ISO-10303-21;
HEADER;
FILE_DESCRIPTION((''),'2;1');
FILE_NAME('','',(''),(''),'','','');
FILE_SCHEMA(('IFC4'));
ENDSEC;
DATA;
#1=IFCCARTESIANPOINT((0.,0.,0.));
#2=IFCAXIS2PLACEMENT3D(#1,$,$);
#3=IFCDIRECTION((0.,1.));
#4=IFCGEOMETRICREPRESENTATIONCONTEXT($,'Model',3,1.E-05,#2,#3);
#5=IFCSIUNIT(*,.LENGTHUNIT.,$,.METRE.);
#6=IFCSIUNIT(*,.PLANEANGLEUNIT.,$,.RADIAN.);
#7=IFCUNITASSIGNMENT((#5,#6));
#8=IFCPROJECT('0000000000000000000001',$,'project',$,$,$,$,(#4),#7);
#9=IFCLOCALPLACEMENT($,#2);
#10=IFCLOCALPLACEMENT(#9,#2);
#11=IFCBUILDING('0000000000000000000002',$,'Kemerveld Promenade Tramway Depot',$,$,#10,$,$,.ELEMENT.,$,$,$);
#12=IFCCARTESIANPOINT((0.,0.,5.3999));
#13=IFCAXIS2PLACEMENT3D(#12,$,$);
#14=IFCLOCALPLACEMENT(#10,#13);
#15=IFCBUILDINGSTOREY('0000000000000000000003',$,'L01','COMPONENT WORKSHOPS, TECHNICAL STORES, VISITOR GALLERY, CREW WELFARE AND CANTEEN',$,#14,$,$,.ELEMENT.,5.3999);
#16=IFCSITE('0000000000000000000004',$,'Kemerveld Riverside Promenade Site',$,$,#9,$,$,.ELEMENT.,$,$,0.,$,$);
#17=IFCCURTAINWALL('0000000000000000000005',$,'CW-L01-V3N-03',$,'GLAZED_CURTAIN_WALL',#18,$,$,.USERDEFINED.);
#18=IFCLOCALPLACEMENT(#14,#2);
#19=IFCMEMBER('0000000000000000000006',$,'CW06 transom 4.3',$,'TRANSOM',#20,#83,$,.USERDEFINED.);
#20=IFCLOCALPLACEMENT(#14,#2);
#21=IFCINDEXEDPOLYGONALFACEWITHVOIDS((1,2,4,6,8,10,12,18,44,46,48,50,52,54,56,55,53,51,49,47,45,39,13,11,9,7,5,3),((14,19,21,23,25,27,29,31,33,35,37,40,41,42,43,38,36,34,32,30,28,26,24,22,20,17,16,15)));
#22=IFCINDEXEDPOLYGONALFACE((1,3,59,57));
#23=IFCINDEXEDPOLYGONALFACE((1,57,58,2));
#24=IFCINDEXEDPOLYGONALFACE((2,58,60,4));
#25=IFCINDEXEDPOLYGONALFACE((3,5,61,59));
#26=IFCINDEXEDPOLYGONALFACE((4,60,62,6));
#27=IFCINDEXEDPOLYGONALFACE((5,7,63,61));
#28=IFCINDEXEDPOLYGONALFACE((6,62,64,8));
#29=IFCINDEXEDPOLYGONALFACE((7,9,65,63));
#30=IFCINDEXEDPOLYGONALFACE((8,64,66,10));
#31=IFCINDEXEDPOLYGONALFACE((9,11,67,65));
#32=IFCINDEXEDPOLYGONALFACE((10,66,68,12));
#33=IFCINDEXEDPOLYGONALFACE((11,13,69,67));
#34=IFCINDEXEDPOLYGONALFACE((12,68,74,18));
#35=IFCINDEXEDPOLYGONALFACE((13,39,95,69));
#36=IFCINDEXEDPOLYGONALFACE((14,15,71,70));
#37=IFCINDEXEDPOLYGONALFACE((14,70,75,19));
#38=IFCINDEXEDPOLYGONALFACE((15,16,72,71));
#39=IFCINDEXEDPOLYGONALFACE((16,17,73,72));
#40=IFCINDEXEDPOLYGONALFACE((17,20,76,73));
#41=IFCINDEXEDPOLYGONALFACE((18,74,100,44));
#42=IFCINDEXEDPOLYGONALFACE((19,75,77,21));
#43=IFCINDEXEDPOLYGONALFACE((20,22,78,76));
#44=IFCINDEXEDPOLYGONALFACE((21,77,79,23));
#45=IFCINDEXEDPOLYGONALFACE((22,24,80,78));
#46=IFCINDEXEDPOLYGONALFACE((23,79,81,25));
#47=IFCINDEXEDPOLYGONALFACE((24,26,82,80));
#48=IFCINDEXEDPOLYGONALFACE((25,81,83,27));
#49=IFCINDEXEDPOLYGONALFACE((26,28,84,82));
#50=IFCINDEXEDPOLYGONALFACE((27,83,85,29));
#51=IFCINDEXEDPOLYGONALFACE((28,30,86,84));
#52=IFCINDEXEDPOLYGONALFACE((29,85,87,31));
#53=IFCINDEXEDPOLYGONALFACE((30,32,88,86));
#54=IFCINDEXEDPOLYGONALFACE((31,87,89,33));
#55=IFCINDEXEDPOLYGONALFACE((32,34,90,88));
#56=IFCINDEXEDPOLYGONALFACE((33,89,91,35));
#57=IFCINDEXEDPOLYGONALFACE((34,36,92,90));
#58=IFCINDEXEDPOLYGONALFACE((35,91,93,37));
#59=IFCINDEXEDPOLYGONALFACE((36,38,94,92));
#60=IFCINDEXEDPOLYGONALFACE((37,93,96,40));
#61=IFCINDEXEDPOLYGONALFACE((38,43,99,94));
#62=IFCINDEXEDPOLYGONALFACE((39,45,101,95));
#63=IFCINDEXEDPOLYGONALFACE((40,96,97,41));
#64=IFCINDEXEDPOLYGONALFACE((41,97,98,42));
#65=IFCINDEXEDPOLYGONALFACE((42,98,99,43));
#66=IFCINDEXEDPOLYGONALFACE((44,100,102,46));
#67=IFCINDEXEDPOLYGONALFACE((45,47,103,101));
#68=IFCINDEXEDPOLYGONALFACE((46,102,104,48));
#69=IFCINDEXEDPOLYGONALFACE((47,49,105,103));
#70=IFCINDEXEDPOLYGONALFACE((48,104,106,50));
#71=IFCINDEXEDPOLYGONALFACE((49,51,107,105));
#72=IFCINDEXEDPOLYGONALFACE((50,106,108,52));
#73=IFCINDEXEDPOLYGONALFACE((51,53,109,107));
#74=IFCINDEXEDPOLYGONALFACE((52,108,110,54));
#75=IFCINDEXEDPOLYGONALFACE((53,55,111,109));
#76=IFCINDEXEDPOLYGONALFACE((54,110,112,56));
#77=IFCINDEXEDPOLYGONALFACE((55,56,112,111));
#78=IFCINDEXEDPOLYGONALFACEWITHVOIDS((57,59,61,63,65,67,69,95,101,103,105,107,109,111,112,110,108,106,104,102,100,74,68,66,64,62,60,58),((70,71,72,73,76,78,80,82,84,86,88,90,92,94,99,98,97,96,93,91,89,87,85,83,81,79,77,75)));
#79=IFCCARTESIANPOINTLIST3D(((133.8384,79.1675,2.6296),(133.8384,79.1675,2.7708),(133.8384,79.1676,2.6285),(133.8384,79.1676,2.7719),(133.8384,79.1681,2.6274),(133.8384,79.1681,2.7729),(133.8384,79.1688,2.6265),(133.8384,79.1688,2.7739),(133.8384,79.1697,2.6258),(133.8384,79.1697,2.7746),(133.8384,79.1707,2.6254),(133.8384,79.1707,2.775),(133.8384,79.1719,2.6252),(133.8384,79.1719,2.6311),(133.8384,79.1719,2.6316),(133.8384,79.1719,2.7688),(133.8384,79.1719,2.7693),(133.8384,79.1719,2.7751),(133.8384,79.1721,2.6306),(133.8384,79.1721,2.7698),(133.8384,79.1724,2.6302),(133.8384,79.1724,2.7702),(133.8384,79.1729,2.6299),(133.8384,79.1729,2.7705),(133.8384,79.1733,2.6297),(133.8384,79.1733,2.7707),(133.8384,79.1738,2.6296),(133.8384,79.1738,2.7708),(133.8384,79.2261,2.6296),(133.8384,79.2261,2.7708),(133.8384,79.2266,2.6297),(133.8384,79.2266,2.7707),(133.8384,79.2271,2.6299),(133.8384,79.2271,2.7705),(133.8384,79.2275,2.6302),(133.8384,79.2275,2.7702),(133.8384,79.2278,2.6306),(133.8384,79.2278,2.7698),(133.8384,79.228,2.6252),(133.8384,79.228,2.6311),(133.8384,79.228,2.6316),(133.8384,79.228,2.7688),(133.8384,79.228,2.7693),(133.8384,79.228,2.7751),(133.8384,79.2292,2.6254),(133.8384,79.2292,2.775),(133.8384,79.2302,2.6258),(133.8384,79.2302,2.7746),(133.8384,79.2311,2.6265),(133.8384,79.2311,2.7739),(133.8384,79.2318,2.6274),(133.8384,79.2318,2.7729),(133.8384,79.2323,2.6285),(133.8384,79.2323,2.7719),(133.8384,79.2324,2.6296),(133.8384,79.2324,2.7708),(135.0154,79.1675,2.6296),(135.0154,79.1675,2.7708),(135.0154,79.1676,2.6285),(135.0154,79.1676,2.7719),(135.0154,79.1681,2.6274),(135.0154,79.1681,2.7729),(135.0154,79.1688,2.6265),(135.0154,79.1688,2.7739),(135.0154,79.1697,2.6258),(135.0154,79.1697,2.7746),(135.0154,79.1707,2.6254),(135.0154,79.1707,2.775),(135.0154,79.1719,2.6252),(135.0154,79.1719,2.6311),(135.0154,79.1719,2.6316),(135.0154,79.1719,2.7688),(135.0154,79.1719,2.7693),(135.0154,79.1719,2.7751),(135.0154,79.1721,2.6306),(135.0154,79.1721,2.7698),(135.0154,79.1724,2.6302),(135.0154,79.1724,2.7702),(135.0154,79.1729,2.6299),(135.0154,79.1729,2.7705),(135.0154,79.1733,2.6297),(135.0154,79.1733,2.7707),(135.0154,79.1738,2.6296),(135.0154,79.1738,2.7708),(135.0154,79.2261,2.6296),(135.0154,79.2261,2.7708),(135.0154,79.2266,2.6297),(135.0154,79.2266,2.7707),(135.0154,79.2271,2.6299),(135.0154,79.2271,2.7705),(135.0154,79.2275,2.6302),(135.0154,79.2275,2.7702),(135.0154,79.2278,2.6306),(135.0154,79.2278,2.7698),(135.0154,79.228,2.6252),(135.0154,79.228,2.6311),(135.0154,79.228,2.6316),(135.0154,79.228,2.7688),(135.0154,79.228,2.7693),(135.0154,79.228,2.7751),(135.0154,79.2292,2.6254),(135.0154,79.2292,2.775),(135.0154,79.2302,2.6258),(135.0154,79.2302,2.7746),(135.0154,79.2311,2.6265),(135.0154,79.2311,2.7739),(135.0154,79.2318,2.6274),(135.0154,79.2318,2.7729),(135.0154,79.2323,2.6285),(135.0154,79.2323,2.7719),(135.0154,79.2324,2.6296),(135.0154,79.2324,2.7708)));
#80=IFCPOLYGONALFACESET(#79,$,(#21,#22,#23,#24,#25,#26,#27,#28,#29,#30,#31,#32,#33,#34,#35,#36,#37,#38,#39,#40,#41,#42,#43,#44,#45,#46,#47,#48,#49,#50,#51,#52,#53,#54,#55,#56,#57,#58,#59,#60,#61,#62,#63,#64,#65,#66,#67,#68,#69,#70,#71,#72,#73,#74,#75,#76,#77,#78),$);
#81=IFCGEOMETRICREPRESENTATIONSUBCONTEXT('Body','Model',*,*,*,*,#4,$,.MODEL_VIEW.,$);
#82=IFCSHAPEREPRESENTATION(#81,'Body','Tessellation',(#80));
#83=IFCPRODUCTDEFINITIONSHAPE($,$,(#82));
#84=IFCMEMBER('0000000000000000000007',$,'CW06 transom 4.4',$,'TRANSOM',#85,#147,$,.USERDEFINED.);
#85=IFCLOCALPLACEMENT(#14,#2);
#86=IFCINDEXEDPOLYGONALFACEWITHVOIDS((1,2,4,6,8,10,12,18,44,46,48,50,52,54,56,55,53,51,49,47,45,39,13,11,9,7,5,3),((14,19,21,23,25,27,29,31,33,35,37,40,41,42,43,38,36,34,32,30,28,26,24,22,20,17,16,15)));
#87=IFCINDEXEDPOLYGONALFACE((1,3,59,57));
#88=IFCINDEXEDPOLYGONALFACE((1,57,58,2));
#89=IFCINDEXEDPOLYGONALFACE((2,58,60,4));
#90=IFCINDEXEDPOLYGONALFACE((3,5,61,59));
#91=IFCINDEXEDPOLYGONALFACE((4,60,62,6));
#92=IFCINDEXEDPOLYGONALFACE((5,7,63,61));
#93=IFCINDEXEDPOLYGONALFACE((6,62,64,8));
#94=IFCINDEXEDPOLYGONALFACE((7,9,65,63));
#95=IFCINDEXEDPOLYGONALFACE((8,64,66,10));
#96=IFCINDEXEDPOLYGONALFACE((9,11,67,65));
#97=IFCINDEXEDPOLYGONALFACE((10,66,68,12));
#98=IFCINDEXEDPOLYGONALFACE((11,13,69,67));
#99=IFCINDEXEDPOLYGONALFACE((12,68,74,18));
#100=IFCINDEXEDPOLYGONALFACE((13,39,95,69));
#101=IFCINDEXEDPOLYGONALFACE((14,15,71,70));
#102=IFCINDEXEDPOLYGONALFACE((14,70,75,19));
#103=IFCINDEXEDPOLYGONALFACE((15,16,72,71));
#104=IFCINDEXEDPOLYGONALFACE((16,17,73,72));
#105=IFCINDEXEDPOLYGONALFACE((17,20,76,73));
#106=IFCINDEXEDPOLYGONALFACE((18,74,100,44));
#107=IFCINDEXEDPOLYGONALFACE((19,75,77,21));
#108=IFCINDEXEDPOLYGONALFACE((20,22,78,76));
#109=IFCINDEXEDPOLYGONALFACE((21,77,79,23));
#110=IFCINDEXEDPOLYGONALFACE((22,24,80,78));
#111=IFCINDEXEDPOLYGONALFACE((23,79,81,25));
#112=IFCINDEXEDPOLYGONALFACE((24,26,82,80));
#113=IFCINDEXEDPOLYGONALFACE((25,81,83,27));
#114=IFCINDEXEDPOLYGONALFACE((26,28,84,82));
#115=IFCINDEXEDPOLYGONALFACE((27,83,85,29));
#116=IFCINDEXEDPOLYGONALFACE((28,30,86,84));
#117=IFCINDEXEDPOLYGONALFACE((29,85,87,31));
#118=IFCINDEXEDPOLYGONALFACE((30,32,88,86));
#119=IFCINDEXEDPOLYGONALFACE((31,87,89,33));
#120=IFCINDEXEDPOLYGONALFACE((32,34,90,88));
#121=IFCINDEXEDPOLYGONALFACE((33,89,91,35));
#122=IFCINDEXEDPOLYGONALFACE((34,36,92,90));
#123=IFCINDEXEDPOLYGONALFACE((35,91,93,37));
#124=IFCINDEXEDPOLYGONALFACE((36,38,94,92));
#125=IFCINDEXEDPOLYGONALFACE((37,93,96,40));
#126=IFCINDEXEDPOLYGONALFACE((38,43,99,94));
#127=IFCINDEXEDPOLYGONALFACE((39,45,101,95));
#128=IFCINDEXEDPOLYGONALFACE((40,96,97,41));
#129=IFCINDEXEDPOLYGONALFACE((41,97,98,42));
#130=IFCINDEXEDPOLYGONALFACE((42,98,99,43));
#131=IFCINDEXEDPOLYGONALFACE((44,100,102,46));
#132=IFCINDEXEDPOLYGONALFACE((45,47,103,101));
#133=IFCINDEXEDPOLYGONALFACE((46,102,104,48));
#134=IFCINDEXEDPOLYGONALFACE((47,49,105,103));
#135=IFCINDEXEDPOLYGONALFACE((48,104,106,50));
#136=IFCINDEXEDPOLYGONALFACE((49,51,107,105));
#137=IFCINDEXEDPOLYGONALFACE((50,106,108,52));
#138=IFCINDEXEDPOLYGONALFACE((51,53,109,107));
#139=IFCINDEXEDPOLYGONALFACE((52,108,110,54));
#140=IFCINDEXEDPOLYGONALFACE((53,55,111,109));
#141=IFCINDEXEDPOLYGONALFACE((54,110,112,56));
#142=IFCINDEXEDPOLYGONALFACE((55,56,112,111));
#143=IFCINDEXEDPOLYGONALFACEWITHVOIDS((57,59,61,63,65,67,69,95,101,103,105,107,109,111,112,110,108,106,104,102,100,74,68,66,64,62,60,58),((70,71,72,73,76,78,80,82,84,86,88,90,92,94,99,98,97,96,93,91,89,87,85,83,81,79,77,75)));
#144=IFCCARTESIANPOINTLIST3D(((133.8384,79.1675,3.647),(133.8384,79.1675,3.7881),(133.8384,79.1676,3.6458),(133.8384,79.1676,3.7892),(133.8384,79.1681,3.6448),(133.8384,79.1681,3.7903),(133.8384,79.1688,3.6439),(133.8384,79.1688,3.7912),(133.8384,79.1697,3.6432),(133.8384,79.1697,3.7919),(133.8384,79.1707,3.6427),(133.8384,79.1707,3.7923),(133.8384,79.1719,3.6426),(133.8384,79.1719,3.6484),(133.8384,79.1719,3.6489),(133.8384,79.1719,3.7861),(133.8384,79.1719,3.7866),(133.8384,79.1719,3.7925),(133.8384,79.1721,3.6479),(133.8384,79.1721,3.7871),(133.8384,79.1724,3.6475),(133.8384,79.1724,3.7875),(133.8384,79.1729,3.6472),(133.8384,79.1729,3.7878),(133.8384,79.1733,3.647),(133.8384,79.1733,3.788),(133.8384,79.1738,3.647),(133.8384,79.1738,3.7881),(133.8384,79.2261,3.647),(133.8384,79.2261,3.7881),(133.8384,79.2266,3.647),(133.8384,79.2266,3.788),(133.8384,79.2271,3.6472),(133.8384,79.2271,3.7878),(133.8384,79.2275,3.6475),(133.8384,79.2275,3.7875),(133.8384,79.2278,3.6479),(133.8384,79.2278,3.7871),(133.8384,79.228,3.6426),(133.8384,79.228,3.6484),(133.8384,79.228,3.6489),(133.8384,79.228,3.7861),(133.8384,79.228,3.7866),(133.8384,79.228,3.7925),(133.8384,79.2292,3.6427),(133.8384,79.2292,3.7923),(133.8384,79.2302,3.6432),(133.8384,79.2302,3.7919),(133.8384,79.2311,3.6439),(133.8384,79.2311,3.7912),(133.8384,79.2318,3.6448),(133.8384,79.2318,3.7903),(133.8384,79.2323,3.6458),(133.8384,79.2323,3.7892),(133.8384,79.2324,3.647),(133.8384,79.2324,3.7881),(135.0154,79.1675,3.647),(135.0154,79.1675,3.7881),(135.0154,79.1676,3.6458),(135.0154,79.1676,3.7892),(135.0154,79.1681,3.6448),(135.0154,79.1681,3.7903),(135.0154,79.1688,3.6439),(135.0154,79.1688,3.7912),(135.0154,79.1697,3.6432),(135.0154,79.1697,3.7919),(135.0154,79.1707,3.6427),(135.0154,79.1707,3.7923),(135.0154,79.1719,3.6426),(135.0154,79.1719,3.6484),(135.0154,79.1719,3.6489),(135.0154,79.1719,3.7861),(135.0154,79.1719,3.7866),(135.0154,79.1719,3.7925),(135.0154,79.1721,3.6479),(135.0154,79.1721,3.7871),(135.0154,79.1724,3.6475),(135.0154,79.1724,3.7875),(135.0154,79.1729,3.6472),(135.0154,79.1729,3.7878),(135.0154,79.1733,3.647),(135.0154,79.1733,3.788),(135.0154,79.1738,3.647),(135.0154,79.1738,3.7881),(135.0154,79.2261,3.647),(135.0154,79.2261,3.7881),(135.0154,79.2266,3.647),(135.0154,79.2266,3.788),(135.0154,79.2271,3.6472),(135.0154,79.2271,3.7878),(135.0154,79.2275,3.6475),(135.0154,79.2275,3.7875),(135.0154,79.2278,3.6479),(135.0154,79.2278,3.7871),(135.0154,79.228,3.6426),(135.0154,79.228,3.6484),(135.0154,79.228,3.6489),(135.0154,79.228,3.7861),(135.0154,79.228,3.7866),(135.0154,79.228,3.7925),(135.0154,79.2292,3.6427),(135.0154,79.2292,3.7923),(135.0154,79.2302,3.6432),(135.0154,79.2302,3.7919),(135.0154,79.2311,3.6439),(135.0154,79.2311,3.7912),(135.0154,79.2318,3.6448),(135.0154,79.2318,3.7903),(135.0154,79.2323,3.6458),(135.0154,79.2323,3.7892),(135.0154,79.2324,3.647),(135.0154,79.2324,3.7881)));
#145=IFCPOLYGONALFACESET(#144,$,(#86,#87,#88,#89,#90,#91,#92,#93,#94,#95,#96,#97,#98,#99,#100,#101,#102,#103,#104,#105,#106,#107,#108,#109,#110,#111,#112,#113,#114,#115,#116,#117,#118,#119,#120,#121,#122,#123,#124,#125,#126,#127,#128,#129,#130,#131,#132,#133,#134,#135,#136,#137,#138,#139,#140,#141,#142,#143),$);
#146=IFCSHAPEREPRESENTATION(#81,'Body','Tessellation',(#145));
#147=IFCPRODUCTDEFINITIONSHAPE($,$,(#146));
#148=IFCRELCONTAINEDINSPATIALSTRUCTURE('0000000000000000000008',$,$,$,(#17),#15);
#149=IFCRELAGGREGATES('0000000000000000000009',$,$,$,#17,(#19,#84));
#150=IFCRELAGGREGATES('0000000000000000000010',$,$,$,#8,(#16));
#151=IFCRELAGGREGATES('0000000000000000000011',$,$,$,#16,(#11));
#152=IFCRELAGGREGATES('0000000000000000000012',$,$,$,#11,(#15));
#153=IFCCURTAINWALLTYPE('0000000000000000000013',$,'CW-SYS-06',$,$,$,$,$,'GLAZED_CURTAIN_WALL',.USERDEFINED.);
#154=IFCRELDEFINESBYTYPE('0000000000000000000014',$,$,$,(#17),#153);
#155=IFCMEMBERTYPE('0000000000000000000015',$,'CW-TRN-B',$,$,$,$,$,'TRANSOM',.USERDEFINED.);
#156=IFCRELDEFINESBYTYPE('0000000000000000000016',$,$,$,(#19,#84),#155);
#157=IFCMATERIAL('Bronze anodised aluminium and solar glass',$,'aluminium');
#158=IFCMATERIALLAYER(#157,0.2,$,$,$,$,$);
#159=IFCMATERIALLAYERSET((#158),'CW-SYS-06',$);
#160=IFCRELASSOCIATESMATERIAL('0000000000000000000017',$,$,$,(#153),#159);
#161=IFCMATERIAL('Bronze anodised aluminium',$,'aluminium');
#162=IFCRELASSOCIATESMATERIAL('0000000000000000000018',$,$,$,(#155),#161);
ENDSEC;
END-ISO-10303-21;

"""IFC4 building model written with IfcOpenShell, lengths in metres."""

from ifc_helpers import new_model, si_unit, direction, frame, origin, origin_2d, place, context, subcontext, project, spatial, hollow_rectangle, extrude, material, layer, layer_set, material_profile, profile_set, type_object, element, aggregate, save


model = new_model("IFC4")

# Units and contexts
model_context = context("Model", 3, precision=1e-05, world=origin(), true_north=direction((0.0, 1.0)))
body_context = subcontext(model_context, "Body", "Model", "MODEL_VIEW")
ifc_project = project(units=[si_unit("LENGTHUNIT", "METRE"), si_unit("PLANEANGLEUNIT", "RADIAN")], contexts=[model_context])

# Site, building, storey
site_placement = place(None, origin())
site = spatial("IfcSite", under=ifc_project, at=site_placement, Name="Kemerveld Riverside Promenade Site", CompositionType="ELEMENT", RefElevation=0.0)
building_placement = place(site_placement, origin())
building = spatial("IfcBuilding", under=site, at=building_placement, Name="Kemerveld Promenade Tramway Depot", CompositionType="ELEMENT")
storey_placement = place(building_placement, frame((0.0, 0.0, 5.3999)))
storey = spatial("IfcBuildingStorey", under=building, at=storey_placement, Name="L01", Description="COMPONENT WORKSHOPS, TECHNICAL STORES, VISITOR GALLERY, CREW WELFARE AND CANTEEN", CompositionType="ELEMENT", Elevation=5.3999)

# Curtain wall
ifc_material_1 = material(Name="Bronze anodised aluminium and solar glass", Category="aluminium")
ifc_layer_1 = layer(ifc_material_1, 0.2)
ifc_layer_set_1 = layer_set([ifc_layer_1], Name="CW-SYS-06")
curtain_wall_type_1 = type_object("IfcCurtainWallType", Name="CW-SYS-06", ElementType="GLAZED_CURTAIN_WALL", PredefinedType="USERDEFINED", material=ifc_layer_set_1)
curtain_wall_1_placement = place(storey_placement, origin())
curtain_wall_1 = element("IfcCurtainWall", 1, at=curtain_wall_1_placement, inside=storey, type_object=curtain_wall_type_1, Name="CW-L01-V3N-03", ObjectType="GLAZED_CURTAIN_WALL", PredefinedType="USERDEFINED")
ifc_material_2 = material(Name="Bronze anodised aluminium", Category="aluminium")

# Members
ifc_material_profile_1 = material_profile(ifc_material_2, hollow_rectangle(XDim=0.0649, YDim=0.1499, WallThickness=0.0044, InnerFilletRadius=0.002, OuterFilletRadius=0.0044, at=origin_2d()), Name="CW-TRN-150x65")
ifc_profile_set_1 = profile_set([ifc_material_profile_1], Name="Bronze anodised aluminium")
member_type_1 = type_object("IfcMemberType", Name="CW-TRN-B", ElementType="TRANSOM", PredefinedType="USERDEFINED", material=ifc_profile_set_1)
member_1_placement = place(storey_placement, frame((133.8384, 79.2, 2.7002), z_axis=(1.0, 0.0, 0.0), x_axis=(0.0, 1.0, 0.0)))
member_1 = element("IfcMember", 2, at=member_1_placement, type_object=member_type_1, Name="CW06 transom 4.3", ObjectType="TRANSOM", PredefinedType="USERDEFINED", context=body_context, shape_type="SweptSolid", body=[
    extrude(hollow_rectangle(XDim=0.0649, YDim=0.1499, WallThickness=0.0044, InnerFilletRadius=0.002, OuterFilletRadius=0.0044, at=origin_2d()), origin(), (0.0, 0.0, 1.0), 1.177),
])
member_2_placement = place(storey_placement, frame((133.8384, 79.2, 3.7175), z_axis=(1.0, 0.0, 0.0), x_axis=(0.0, 1.0, 0.0)))
member_2 = element("IfcMember", 3, at=member_2_placement, type_object=member_type_1, Name="CW06 transom 4.4", ObjectType="TRANSOM", PredefinedType="USERDEFINED", context=body_context, shape_type="SweptSolid", body=[
    extrude(hollow_rectangle(XDim=0.0649, YDim=0.1499, WallThickness=0.0044, InnerFilletRadius=0.002, OuterFilletRadius=0.0044, at=origin_2d()), origin(), (0.0, 0.0, 1.0), 1.177),
])

aggregate(curtain_wall_1, [member_1, member_2])

save(model, "model.ifc")
